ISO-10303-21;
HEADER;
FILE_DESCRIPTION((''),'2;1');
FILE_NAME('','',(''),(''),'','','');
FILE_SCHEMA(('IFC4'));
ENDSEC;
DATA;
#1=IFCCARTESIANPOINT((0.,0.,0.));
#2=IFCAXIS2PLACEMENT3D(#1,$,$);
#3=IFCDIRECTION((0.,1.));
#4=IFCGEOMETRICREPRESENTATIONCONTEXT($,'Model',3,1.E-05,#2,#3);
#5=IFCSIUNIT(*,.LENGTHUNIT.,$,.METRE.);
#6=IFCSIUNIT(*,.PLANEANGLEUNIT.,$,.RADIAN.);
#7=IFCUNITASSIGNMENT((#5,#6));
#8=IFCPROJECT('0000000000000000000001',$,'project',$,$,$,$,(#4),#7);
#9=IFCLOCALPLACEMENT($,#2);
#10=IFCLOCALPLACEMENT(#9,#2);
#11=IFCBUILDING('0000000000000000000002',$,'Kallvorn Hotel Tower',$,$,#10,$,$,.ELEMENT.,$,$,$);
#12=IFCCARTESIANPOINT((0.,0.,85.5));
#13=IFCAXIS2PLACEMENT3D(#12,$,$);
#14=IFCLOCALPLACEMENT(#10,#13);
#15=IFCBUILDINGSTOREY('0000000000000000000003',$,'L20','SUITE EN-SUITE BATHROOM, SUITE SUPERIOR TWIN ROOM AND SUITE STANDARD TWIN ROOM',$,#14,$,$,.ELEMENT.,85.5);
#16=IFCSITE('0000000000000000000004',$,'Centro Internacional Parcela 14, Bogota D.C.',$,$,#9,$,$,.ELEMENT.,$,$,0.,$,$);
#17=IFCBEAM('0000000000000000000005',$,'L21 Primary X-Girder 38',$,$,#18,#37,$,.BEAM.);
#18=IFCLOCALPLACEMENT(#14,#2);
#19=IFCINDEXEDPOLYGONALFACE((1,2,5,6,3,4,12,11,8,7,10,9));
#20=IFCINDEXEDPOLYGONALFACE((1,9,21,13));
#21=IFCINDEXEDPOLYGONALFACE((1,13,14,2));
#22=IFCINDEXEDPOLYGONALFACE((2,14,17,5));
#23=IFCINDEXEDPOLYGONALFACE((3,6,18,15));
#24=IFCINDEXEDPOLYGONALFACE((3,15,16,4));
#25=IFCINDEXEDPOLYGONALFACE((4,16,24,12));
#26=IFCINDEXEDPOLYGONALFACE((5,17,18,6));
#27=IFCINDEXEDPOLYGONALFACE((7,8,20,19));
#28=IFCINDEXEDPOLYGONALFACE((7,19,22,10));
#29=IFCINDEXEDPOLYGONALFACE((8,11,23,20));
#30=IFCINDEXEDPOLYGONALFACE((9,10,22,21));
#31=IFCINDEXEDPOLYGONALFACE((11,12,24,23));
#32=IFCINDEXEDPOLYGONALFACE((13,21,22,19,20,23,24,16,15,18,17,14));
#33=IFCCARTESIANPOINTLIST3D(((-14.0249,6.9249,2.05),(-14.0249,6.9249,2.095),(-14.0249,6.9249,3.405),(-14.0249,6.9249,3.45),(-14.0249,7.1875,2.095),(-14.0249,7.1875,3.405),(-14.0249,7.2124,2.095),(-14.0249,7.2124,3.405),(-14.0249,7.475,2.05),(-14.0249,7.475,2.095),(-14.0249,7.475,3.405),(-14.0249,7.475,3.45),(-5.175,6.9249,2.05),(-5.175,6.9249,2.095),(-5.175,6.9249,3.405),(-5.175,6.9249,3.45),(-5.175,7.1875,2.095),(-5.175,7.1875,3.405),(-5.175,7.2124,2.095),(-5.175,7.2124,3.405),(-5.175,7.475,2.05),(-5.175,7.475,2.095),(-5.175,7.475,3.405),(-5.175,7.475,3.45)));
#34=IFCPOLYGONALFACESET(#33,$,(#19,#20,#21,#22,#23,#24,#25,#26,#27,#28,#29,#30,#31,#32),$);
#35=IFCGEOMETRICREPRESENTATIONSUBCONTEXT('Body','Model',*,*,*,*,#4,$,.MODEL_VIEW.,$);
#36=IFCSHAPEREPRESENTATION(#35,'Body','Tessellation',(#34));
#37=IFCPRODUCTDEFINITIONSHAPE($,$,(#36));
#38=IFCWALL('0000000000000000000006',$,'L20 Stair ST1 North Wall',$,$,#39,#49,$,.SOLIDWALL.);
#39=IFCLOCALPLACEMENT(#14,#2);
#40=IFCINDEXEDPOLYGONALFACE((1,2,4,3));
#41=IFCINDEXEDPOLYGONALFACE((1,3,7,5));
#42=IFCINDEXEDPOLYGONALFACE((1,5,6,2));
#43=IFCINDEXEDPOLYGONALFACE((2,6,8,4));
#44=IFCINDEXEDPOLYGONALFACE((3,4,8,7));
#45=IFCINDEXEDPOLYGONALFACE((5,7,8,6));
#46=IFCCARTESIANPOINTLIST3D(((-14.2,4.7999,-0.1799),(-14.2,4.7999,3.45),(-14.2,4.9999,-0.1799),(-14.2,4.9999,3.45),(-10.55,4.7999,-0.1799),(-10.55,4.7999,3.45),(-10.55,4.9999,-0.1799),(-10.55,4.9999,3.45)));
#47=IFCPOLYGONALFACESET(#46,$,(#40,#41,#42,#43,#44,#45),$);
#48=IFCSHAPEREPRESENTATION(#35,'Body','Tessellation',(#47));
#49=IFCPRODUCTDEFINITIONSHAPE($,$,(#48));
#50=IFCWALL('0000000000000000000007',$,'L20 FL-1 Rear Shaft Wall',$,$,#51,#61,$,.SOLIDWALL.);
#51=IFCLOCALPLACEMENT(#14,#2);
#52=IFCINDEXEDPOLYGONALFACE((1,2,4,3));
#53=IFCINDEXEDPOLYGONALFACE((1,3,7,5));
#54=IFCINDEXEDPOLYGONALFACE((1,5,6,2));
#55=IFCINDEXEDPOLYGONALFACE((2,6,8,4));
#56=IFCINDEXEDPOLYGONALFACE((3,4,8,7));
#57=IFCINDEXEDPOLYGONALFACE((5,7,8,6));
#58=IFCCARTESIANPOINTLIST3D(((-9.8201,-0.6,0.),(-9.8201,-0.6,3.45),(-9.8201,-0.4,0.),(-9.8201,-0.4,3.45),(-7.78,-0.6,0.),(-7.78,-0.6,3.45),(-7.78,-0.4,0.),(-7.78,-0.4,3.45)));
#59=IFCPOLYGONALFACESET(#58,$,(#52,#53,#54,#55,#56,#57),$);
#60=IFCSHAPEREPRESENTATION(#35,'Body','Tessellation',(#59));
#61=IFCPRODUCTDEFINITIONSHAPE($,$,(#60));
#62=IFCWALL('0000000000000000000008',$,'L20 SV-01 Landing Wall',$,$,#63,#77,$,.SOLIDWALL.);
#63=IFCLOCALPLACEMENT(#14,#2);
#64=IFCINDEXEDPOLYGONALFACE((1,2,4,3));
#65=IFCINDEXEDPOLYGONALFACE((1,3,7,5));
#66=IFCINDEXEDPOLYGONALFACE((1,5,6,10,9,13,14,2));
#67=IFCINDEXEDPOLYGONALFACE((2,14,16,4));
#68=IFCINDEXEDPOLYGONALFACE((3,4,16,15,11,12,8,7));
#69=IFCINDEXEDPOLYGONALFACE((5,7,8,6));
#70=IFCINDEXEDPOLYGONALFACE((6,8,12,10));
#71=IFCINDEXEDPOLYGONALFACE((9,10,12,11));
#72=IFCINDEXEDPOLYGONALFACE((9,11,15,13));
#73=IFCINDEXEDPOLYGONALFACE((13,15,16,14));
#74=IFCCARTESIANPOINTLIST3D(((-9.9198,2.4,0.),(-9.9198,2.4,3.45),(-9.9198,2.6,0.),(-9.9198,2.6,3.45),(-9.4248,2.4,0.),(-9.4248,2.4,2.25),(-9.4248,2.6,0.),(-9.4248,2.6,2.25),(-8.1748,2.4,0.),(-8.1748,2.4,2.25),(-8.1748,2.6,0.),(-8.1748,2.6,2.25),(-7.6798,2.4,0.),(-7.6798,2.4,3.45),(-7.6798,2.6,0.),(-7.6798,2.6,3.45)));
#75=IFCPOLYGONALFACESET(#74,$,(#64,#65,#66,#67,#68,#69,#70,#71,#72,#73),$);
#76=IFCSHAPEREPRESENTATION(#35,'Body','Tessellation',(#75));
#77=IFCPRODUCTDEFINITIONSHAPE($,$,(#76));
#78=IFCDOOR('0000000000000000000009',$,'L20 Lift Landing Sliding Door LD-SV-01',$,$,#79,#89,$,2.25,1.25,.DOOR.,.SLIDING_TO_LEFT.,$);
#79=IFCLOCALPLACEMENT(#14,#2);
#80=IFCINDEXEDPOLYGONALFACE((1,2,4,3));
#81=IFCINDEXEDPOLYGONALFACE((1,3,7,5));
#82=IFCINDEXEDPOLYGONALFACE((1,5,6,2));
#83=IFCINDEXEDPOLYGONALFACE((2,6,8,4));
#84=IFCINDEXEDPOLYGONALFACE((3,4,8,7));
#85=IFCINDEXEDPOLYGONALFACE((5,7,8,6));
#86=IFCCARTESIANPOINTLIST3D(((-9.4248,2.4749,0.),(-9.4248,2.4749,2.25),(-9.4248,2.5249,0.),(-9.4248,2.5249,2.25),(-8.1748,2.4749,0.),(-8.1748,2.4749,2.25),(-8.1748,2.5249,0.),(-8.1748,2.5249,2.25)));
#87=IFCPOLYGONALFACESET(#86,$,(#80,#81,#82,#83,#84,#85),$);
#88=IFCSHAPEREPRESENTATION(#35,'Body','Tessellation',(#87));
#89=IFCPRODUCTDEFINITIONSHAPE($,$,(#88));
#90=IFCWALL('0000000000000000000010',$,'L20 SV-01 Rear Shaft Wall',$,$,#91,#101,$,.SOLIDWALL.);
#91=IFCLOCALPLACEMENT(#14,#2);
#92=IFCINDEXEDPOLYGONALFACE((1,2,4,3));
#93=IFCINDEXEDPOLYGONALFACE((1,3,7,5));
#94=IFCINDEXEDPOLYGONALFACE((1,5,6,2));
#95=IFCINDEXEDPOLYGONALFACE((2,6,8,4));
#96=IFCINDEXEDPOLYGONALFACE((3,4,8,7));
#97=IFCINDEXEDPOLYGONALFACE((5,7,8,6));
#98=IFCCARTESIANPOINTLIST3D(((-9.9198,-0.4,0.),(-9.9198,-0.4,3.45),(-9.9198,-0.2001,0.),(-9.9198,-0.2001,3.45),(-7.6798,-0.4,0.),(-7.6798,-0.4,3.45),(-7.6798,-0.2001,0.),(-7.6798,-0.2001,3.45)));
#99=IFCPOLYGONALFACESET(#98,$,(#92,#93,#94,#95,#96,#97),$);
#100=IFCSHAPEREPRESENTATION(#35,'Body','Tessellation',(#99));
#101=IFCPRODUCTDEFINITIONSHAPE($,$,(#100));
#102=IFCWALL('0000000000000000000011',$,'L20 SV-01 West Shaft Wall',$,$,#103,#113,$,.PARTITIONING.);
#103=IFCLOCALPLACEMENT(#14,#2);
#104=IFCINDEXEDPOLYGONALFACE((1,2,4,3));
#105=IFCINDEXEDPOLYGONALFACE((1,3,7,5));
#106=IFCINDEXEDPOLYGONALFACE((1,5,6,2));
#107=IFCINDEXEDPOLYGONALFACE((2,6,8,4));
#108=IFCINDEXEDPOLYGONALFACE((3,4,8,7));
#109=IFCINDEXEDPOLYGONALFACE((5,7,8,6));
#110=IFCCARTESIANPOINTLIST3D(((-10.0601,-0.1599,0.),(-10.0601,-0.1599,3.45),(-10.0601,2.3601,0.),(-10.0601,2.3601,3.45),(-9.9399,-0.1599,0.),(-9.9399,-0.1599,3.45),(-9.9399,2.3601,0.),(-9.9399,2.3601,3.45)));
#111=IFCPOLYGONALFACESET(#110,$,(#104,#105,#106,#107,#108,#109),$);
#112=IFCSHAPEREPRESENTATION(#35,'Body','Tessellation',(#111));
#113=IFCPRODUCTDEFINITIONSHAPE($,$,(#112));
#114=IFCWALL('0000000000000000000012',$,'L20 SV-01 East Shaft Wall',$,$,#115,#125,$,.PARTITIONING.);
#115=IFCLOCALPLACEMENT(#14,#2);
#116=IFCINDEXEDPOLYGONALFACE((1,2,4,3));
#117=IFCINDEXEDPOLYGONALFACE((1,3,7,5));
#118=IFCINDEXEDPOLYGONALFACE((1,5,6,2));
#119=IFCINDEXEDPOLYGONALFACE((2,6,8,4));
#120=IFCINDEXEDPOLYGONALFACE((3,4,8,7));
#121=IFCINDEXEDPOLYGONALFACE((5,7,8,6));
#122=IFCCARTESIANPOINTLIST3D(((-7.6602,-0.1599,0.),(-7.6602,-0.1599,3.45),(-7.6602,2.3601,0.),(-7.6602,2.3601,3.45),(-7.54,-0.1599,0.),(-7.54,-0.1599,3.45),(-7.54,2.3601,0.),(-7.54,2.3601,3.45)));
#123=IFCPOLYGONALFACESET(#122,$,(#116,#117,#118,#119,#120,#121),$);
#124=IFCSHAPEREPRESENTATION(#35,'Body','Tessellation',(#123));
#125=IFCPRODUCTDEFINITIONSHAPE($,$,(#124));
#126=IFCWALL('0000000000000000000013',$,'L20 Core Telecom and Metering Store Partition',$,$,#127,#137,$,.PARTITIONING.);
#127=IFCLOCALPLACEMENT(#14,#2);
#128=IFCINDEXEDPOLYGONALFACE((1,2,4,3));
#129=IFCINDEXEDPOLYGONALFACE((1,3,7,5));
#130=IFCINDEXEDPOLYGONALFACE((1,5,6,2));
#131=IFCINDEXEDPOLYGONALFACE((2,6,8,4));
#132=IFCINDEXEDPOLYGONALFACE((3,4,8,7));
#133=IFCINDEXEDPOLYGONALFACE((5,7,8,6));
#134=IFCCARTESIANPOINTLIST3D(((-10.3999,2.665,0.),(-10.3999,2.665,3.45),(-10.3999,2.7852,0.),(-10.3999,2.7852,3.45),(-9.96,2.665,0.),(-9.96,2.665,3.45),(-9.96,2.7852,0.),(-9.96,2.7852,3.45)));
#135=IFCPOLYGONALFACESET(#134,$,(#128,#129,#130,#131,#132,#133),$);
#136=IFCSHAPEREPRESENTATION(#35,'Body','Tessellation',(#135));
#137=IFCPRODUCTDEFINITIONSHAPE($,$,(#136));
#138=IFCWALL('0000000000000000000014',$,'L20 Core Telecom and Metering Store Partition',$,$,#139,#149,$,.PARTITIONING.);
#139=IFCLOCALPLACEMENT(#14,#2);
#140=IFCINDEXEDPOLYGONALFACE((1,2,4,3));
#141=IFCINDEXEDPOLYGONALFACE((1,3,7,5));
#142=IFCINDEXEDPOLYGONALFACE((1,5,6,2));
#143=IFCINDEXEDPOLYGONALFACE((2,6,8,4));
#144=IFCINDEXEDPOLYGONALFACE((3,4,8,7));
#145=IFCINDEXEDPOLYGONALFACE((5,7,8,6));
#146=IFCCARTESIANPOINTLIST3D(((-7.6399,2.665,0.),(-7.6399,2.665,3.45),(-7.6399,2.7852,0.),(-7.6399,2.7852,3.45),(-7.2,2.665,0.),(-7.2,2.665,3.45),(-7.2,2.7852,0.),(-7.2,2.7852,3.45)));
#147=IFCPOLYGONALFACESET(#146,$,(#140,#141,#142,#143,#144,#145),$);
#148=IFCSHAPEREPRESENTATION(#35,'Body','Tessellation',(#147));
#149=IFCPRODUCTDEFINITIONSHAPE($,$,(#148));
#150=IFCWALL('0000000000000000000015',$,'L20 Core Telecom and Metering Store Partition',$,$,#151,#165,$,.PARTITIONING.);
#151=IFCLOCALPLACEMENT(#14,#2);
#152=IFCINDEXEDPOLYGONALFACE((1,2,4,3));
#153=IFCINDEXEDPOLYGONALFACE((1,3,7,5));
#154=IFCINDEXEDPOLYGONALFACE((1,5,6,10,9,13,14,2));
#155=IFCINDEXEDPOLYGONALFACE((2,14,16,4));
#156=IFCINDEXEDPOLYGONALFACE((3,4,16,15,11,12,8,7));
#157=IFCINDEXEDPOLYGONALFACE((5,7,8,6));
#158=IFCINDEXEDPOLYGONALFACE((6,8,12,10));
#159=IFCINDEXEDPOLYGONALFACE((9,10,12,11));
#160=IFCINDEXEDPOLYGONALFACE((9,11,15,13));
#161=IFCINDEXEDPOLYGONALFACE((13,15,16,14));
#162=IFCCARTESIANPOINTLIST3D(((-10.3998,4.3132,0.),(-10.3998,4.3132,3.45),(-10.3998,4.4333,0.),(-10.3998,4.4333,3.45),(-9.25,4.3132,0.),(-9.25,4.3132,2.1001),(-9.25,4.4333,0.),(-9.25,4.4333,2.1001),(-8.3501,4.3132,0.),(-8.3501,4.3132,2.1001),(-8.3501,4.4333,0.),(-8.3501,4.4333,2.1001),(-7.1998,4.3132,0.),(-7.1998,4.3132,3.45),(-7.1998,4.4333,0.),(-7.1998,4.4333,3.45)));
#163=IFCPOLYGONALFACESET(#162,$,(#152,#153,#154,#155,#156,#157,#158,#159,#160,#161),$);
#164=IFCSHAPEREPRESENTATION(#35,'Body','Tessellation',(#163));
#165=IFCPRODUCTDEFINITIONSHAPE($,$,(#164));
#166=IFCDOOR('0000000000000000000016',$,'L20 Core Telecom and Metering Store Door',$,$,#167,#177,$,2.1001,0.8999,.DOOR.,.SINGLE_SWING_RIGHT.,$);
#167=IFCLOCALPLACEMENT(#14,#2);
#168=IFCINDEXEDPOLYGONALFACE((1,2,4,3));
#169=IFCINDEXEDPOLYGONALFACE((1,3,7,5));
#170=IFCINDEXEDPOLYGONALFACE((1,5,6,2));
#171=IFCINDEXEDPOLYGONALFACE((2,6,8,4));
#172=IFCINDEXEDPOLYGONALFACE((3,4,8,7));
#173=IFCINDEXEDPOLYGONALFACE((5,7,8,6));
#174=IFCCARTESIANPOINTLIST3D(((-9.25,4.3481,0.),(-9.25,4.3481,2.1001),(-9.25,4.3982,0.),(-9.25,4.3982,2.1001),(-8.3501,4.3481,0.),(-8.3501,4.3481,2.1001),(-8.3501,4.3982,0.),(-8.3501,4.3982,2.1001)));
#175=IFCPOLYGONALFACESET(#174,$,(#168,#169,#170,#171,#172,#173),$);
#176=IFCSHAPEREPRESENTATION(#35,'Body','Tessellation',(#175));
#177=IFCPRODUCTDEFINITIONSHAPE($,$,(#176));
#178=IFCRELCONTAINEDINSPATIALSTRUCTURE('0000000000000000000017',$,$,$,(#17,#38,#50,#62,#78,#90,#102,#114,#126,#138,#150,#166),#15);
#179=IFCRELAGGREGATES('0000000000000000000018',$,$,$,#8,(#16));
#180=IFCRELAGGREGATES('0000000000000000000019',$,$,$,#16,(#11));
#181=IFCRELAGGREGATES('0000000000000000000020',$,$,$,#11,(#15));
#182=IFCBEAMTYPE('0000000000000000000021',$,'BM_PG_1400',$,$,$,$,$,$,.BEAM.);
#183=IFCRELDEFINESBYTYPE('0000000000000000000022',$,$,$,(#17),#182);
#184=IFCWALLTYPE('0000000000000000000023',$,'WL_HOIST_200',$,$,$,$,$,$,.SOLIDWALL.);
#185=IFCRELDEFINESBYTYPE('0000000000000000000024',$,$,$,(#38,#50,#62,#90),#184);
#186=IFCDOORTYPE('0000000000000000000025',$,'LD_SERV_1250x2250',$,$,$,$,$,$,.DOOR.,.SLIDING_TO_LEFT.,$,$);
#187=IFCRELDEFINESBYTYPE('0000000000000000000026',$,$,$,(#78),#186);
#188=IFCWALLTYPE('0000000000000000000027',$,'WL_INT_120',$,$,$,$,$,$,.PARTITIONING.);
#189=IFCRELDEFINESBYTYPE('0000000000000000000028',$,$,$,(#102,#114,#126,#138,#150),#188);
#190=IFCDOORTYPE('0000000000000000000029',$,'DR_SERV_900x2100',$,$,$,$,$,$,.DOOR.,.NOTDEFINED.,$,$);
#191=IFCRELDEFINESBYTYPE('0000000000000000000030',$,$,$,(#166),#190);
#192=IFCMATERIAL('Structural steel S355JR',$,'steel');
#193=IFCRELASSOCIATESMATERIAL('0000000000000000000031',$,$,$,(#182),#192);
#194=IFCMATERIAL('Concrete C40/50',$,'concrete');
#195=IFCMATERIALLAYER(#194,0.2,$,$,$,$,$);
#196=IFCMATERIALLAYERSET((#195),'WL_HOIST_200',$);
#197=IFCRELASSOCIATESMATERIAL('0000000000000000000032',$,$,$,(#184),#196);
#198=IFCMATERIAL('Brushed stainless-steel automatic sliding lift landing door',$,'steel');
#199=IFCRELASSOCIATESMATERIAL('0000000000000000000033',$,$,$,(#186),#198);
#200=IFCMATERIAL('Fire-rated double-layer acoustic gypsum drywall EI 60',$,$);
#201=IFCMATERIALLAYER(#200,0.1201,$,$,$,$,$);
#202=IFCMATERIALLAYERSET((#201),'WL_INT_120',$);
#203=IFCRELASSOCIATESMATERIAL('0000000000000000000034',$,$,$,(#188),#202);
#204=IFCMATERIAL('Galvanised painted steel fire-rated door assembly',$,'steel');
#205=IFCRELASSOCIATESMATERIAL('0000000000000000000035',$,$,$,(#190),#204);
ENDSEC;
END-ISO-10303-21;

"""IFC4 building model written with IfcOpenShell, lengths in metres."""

from ifc_helpers import new_model, si_unit, direction, frame, frame_2d, origin, origin_2d, place, context, subcontext, project, spatial, rectangle, i_section, extrude, material, layer, layer_set, material_profile, profile_set, type_object, element, fill, save


model = new_model("IFC4")

# Units and contexts
model_context = context("Model", 3, precision=1e-05, world=origin(), true_north=direction((0.0, 1.0)))
body_context = subcontext(model_context, "Body", "Model", "MODEL_VIEW")
ifc_project = project(units=[si_unit("LENGTHUNIT", "METRE"), si_unit("PLANEANGLEUNIT", "RADIAN")], contexts=[model_context])

# Site, building, storey
site_placement = place(None, origin())
site = spatial("IfcSite", under=ifc_project, at=site_placement, Name="Centro Internacional Parcela 14, Bogota D.C.", CompositionType="ELEMENT", RefElevation=0.0)
building_placement = place(site_placement, origin())
building = spatial("IfcBuilding", under=site, at=building_placement, Name="Kallvorn Hotel Tower", CompositionType="ELEMENT")
storey_placement = place(building_placement, frame((0.0, 0.0, 85.5)))
storey = spatial("IfcBuildingStorey", under=building, at=storey_placement, Name="L20", Description="SUITE EN-SUITE BATHROOM, SUITE SUPERIOR TWIN ROOM AND SUITE STANDARD TWIN ROOM", CompositionType="ELEMENT", Elevation=85.5)

# Beam
ifc_material_1 = material(Name="Structural steel S355JR", Category="steel")
ifc_material_profile = material_profile(ifc_material_1, i_section(OverallWidth=0.55, OverallDepth=1.3999, WebThickness=0.0249, FlangeThickness=0.0449, at=origin_2d()), Name="PG 1400x550x25x45")
ifc_profile_set = profile_set([ifc_material_profile], Name="Structural steel S355JR")
beam_type = type_object("IfcBeamType", Name="BM_PG_1400", PredefinedType="BEAM", material=ifc_profile_set)
beam_placement = place(storey_placement, frame((-14.0249, 7.2, 2.75), z_axis=(1.0, 0.0, 0.0), x_axis=(0.0, 1.0, 0.0)))
element("IfcBeam", 1, at=beam_placement, inside=storey, type_object=beam_type, Name="L21 Primary X-Girder 38", PredefinedType="BEAM", context=body_context, shape_type="SweptSolid", body=[
    extrude(i_section(OverallWidth=0.55, OverallDepth=1.3999, WebThickness=0.0249, FlangeThickness=0.0449, at=origin_2d()), origin(), (0.0, 0.0, 1.0), 8.8499),
])

# Walls
ifc_material_2 = material(Name="Concrete C40/50", Category="concrete")
ifc_layer_1 = layer(ifc_material_2, 0.2)
ifc_layer_set_1 = layer_set([ifc_layer_1], Name="WL_HOIST_200")
wall_type_1 = type_object("IfcWallType", Name="WL_HOIST_200", PredefinedType="SOLIDWALL", material=ifc_layer_set_1)
wall_1_placement = place(storey_placement, frame((-14.2, 4.8999, -0.1799), z_axis=(0.0, 0.0, 1.0), x_axis=(1.0, 0.0, 0.0)))
element("IfcWall", 2, at=wall_1_placement, inside=storey, type_object=wall_type_1, Name="L20 Stair ST1 North Wall", PredefinedType="SOLIDWALL", context=body_context, shape_type="SweptSolid", body=[
    extrude(rectangle(XDim=3.6499, YDim=0.2, at=frame_2d((1.825, 0.0))), origin(), (0.0, 0.0, 1.0), 3.6299),
])
wall_2_placement = place(storey_placement, frame((-9.8201, -0.5, 0.0), z_axis=(0.0, 0.0, 1.0), x_axis=(1.0, 0.0, 0.0)))
element("IfcWall", 3, at=wall_2_placement, inside=storey, type_object=wall_type_1, Name="L20 FL-1 Rear Shaft Wall", PredefinedType="SOLIDWALL", context=body_context, shape_type="SweptSolid", body=[
    extrude(rectangle(XDim=2.04, YDim=0.2, at=frame_2d((1.02, 0.0))), origin(), (0.0, 0.0, 1.0), 3.45),
])

# Wall, opening, door
wall_3_placement = place(storey_placement, frame((-9.9199, 2.5, 0.0), z_axis=(0.0, 0.0, 1.0), x_axis=(1.0, 0.0, 0.0)))
wall_3 = element("IfcWall", 4, at=wall_3_placement, inside=storey, type_object=wall_type_1, Name="L20 SV-01 Landing Wall", PredefinedType="SOLIDWALL", context=body_context, shape_type="SweptSolid", body=[
    extrude(rectangle(XDim=2.24, YDim=0.2, at=frame_2d((1.1201, 0.0))), origin(), (0.0, 0.0, 1.0), 3.45),
])
opening_1_placement = place(wall_3_placement, frame((0.4951, 0.0, 0.0)))
opening_1 = element("IfcOpeningElement", 5, at=opening_1_placement, cuts=wall_3, PredefinedType="OPENING", context=body_context, shape_type="SweptSolid", body=[
    extrude(rectangle(XDim=1.25, YDim=2.25, at=frame_2d((0.625, 1.125))), frame((0.0, 0.115, 0.0), z_axis=(0.0, -1.0, 0.0), x_axis=(1.0, 0.0, 0.0)), (0.0, 0.0, 1.0), 0.23),
])
ifc_material_3 = material(Name="Brushed stainless-steel automatic sliding lift landing door", Category="steel")
door_type_1 = type_object("IfcDoorType", Name="LD_SERV_1250x2250", OperationType="SLIDING_TO_LEFT", PredefinedType="DOOR", material=ifc_material_3)
door_1_placement = place(opening_1_placement, origin())
door_1 = element("IfcDoor", 6, at=door_1_placement, inside=storey, type_object=door_type_1, Name="L20 Lift Landing Sliding Door LD-SV-01", OperationType="SLIDING_TO_LEFT", OverallHeight=2.25, OverallWidth=1.25, PredefinedType="DOOR", context=body_context, shape_type="SweptSolid", body=[
    extrude(rectangle(XDim=1.25, YDim=2.25, at=frame_2d((0.625, 1.125))), frame((0.0, 0.0249, 0.0), z_axis=(0.0, -1.0, 0.0), x_axis=(1.0, 0.0, 0.0)), (0.0, 0.0, 1.0), 0.05),
])
fill(opening_1, door_1)

# Walls
wall_4_placement = place(storey_placement, frame((-9.9199, -0.3, 0.0), z_axis=(0.0, 0.0, 1.0), x_axis=(1.0, 0.0, 0.0)))
element("IfcWall", 7, at=wall_4_placement, inside=storey, type_object=wall_type_1, Name="L20 SV-01 Rear Shaft Wall", PredefinedType="SOLIDWALL", context=body_context, shape_type="SweptSolid", body=[
    extrude(rectangle(XDim=2.24, YDim=0.2, at=frame_2d((1.1201, 0.0))), origin(), (0.0, 0.0, 1.0), 3.45),
])
ifc_material_4 = material(Name="Fire-rated double-layer acoustic gypsum drywall EI 60")
ifc_layer_2 = layer(ifc_material_4, 0.1201)
ifc_layer_set_2 = layer_set([ifc_layer_2], Name="WL_INT_120")
wall_type_2 = type_object("IfcWallType", Name="WL_INT_120", PredefinedType="PARTITIONING", material=ifc_layer_set_2)
for number, where, z_axis, x_axis, name in (
    (8, (-10.0, -0.1599, 0.0), (0.0, 0.0, 1.0), (0.0, 1.0, 0.0), "L20 SV-01 West Shaft Wall"),
    (9, (-7.6001, -0.1599, 0.0), (0.0, 0.0, 1.0), (0.0, 1.0, 0.0), "L20 SV-01 East Shaft Wall"),
):
    element("IfcWall", number, at=place(storey_placement, frame(where, z_axis=z_axis, x_axis=x_axis)), inside=storey, type_object=wall_type_2, Name=name, PredefinedType="PARTITIONING", context=body_context, shape_type="SweptSolid", body=[
        extrude(rectangle(XDim=2.52, YDim=0.1201, at=frame_2d((1.26, 0.0))), origin(), (0.0, 0.0, 1.0), 3.45),
    ])
for number, where, z_axis, x_axis, name in (
    (10, (-10.3999, 2.7251, 0.0), (0.0, 0.0, 1.0), (1.0, 0.0, 0.0), "L20 Core Telecom and Metering Store Partition"),
    (11, (-7.6399, 2.7251, 0.0), (0.0, 0.0, 1.0), (1.0, 0.0, 0.0), "L20 Core Telecom and Metering Store Partition"),
):
    element("IfcWall", number, at=place(storey_placement, frame(where, z_axis=z_axis, x_axis=x_axis)), inside=storey, type_object=wall_type_2, Name=name, PredefinedType="PARTITIONING", context=body_context, shape_type="SweptSolid", body=[
        extrude(rectangle(XDim=0.4399, YDim=0.1201, at=frame_2d((0.22, 0.0))), origin(), (0.0, 0.0, 1.0), 3.45),
    ])

# Wall, opening, door
wall_5_placement = place(storey_placement, frame((-10.3999, 4.3733, 0.0), z_axis=(0.0, 0.0, 1.0), x_axis=(1.0, 0.0, 0.0)))
wall_5 = element("IfcWall", 12, at=wall_5_placement, inside=storey, type_object=wall_type_2, Name="L20 Core Telecom and Metering Store Partition", PredefinedType="PARTITIONING", context=body_context, shape_type="SweptSolid", body=[
    extrude(rectangle(XDim=3.2, YDim=0.1201, at=frame_2d((1.6001, 0.0))), origin(), (0.0, 0.0, 1.0), 3.45),
])
opening_2_placement = place(wall_5_placement, frame((1.1499, 0.0, 0.0)))
opening_2 = element("IfcOpeningElement", 13, at=opening_2_placement, cuts=wall_5, PredefinedType="OPENING", context=body_context, shape_type="SweptSolid", body=[
    extrude(rectangle(XDim=0.8999, YDim=2.1001, at=frame_2d((0.45, 1.05))), frame((0.0, 0.075, 0.0), z_axis=(0.0, -1.0, 0.0), x_axis=(1.0, 0.0, 0.0)), (0.0, 0.0, 1.0), 0.1501),
])
ifc_material_5 = material(Name="Galvanised painted steel fire-rated door assembly", Category="steel")
door_type_2 = type_object("IfcDoorType", Name="DR_SERV_900x2100", OperationType="NOTDEFINED", PredefinedType="DOOR", material=ifc_material_5)
door_2_placement = place(opening_2_placement, origin())
door_2 = element("IfcDoor", 14, at=door_2_placement, inside=storey, type_object=door_type_2, Name="L20 Core Telecom and Metering Store Door", OperationType="SINGLE_SWING_RIGHT", OverallHeight=2.1001, OverallWidth=0.8999, PredefinedType="DOOR", context=body_context, shape_type="SweptSolid", body=[
    extrude(rectangle(XDim=0.8999, YDim=2.1001, at=frame_2d((0.45, 1.05))), frame((0.0, 0.0249, 0.0), z_axis=(0.0, -1.0, 0.0), x_axis=(1.0, 0.0, 0.0)), (0.0, 0.0, 1.0), 0.05),
])
fill(opening_2, door_2)

save(model, "model.ifc")
